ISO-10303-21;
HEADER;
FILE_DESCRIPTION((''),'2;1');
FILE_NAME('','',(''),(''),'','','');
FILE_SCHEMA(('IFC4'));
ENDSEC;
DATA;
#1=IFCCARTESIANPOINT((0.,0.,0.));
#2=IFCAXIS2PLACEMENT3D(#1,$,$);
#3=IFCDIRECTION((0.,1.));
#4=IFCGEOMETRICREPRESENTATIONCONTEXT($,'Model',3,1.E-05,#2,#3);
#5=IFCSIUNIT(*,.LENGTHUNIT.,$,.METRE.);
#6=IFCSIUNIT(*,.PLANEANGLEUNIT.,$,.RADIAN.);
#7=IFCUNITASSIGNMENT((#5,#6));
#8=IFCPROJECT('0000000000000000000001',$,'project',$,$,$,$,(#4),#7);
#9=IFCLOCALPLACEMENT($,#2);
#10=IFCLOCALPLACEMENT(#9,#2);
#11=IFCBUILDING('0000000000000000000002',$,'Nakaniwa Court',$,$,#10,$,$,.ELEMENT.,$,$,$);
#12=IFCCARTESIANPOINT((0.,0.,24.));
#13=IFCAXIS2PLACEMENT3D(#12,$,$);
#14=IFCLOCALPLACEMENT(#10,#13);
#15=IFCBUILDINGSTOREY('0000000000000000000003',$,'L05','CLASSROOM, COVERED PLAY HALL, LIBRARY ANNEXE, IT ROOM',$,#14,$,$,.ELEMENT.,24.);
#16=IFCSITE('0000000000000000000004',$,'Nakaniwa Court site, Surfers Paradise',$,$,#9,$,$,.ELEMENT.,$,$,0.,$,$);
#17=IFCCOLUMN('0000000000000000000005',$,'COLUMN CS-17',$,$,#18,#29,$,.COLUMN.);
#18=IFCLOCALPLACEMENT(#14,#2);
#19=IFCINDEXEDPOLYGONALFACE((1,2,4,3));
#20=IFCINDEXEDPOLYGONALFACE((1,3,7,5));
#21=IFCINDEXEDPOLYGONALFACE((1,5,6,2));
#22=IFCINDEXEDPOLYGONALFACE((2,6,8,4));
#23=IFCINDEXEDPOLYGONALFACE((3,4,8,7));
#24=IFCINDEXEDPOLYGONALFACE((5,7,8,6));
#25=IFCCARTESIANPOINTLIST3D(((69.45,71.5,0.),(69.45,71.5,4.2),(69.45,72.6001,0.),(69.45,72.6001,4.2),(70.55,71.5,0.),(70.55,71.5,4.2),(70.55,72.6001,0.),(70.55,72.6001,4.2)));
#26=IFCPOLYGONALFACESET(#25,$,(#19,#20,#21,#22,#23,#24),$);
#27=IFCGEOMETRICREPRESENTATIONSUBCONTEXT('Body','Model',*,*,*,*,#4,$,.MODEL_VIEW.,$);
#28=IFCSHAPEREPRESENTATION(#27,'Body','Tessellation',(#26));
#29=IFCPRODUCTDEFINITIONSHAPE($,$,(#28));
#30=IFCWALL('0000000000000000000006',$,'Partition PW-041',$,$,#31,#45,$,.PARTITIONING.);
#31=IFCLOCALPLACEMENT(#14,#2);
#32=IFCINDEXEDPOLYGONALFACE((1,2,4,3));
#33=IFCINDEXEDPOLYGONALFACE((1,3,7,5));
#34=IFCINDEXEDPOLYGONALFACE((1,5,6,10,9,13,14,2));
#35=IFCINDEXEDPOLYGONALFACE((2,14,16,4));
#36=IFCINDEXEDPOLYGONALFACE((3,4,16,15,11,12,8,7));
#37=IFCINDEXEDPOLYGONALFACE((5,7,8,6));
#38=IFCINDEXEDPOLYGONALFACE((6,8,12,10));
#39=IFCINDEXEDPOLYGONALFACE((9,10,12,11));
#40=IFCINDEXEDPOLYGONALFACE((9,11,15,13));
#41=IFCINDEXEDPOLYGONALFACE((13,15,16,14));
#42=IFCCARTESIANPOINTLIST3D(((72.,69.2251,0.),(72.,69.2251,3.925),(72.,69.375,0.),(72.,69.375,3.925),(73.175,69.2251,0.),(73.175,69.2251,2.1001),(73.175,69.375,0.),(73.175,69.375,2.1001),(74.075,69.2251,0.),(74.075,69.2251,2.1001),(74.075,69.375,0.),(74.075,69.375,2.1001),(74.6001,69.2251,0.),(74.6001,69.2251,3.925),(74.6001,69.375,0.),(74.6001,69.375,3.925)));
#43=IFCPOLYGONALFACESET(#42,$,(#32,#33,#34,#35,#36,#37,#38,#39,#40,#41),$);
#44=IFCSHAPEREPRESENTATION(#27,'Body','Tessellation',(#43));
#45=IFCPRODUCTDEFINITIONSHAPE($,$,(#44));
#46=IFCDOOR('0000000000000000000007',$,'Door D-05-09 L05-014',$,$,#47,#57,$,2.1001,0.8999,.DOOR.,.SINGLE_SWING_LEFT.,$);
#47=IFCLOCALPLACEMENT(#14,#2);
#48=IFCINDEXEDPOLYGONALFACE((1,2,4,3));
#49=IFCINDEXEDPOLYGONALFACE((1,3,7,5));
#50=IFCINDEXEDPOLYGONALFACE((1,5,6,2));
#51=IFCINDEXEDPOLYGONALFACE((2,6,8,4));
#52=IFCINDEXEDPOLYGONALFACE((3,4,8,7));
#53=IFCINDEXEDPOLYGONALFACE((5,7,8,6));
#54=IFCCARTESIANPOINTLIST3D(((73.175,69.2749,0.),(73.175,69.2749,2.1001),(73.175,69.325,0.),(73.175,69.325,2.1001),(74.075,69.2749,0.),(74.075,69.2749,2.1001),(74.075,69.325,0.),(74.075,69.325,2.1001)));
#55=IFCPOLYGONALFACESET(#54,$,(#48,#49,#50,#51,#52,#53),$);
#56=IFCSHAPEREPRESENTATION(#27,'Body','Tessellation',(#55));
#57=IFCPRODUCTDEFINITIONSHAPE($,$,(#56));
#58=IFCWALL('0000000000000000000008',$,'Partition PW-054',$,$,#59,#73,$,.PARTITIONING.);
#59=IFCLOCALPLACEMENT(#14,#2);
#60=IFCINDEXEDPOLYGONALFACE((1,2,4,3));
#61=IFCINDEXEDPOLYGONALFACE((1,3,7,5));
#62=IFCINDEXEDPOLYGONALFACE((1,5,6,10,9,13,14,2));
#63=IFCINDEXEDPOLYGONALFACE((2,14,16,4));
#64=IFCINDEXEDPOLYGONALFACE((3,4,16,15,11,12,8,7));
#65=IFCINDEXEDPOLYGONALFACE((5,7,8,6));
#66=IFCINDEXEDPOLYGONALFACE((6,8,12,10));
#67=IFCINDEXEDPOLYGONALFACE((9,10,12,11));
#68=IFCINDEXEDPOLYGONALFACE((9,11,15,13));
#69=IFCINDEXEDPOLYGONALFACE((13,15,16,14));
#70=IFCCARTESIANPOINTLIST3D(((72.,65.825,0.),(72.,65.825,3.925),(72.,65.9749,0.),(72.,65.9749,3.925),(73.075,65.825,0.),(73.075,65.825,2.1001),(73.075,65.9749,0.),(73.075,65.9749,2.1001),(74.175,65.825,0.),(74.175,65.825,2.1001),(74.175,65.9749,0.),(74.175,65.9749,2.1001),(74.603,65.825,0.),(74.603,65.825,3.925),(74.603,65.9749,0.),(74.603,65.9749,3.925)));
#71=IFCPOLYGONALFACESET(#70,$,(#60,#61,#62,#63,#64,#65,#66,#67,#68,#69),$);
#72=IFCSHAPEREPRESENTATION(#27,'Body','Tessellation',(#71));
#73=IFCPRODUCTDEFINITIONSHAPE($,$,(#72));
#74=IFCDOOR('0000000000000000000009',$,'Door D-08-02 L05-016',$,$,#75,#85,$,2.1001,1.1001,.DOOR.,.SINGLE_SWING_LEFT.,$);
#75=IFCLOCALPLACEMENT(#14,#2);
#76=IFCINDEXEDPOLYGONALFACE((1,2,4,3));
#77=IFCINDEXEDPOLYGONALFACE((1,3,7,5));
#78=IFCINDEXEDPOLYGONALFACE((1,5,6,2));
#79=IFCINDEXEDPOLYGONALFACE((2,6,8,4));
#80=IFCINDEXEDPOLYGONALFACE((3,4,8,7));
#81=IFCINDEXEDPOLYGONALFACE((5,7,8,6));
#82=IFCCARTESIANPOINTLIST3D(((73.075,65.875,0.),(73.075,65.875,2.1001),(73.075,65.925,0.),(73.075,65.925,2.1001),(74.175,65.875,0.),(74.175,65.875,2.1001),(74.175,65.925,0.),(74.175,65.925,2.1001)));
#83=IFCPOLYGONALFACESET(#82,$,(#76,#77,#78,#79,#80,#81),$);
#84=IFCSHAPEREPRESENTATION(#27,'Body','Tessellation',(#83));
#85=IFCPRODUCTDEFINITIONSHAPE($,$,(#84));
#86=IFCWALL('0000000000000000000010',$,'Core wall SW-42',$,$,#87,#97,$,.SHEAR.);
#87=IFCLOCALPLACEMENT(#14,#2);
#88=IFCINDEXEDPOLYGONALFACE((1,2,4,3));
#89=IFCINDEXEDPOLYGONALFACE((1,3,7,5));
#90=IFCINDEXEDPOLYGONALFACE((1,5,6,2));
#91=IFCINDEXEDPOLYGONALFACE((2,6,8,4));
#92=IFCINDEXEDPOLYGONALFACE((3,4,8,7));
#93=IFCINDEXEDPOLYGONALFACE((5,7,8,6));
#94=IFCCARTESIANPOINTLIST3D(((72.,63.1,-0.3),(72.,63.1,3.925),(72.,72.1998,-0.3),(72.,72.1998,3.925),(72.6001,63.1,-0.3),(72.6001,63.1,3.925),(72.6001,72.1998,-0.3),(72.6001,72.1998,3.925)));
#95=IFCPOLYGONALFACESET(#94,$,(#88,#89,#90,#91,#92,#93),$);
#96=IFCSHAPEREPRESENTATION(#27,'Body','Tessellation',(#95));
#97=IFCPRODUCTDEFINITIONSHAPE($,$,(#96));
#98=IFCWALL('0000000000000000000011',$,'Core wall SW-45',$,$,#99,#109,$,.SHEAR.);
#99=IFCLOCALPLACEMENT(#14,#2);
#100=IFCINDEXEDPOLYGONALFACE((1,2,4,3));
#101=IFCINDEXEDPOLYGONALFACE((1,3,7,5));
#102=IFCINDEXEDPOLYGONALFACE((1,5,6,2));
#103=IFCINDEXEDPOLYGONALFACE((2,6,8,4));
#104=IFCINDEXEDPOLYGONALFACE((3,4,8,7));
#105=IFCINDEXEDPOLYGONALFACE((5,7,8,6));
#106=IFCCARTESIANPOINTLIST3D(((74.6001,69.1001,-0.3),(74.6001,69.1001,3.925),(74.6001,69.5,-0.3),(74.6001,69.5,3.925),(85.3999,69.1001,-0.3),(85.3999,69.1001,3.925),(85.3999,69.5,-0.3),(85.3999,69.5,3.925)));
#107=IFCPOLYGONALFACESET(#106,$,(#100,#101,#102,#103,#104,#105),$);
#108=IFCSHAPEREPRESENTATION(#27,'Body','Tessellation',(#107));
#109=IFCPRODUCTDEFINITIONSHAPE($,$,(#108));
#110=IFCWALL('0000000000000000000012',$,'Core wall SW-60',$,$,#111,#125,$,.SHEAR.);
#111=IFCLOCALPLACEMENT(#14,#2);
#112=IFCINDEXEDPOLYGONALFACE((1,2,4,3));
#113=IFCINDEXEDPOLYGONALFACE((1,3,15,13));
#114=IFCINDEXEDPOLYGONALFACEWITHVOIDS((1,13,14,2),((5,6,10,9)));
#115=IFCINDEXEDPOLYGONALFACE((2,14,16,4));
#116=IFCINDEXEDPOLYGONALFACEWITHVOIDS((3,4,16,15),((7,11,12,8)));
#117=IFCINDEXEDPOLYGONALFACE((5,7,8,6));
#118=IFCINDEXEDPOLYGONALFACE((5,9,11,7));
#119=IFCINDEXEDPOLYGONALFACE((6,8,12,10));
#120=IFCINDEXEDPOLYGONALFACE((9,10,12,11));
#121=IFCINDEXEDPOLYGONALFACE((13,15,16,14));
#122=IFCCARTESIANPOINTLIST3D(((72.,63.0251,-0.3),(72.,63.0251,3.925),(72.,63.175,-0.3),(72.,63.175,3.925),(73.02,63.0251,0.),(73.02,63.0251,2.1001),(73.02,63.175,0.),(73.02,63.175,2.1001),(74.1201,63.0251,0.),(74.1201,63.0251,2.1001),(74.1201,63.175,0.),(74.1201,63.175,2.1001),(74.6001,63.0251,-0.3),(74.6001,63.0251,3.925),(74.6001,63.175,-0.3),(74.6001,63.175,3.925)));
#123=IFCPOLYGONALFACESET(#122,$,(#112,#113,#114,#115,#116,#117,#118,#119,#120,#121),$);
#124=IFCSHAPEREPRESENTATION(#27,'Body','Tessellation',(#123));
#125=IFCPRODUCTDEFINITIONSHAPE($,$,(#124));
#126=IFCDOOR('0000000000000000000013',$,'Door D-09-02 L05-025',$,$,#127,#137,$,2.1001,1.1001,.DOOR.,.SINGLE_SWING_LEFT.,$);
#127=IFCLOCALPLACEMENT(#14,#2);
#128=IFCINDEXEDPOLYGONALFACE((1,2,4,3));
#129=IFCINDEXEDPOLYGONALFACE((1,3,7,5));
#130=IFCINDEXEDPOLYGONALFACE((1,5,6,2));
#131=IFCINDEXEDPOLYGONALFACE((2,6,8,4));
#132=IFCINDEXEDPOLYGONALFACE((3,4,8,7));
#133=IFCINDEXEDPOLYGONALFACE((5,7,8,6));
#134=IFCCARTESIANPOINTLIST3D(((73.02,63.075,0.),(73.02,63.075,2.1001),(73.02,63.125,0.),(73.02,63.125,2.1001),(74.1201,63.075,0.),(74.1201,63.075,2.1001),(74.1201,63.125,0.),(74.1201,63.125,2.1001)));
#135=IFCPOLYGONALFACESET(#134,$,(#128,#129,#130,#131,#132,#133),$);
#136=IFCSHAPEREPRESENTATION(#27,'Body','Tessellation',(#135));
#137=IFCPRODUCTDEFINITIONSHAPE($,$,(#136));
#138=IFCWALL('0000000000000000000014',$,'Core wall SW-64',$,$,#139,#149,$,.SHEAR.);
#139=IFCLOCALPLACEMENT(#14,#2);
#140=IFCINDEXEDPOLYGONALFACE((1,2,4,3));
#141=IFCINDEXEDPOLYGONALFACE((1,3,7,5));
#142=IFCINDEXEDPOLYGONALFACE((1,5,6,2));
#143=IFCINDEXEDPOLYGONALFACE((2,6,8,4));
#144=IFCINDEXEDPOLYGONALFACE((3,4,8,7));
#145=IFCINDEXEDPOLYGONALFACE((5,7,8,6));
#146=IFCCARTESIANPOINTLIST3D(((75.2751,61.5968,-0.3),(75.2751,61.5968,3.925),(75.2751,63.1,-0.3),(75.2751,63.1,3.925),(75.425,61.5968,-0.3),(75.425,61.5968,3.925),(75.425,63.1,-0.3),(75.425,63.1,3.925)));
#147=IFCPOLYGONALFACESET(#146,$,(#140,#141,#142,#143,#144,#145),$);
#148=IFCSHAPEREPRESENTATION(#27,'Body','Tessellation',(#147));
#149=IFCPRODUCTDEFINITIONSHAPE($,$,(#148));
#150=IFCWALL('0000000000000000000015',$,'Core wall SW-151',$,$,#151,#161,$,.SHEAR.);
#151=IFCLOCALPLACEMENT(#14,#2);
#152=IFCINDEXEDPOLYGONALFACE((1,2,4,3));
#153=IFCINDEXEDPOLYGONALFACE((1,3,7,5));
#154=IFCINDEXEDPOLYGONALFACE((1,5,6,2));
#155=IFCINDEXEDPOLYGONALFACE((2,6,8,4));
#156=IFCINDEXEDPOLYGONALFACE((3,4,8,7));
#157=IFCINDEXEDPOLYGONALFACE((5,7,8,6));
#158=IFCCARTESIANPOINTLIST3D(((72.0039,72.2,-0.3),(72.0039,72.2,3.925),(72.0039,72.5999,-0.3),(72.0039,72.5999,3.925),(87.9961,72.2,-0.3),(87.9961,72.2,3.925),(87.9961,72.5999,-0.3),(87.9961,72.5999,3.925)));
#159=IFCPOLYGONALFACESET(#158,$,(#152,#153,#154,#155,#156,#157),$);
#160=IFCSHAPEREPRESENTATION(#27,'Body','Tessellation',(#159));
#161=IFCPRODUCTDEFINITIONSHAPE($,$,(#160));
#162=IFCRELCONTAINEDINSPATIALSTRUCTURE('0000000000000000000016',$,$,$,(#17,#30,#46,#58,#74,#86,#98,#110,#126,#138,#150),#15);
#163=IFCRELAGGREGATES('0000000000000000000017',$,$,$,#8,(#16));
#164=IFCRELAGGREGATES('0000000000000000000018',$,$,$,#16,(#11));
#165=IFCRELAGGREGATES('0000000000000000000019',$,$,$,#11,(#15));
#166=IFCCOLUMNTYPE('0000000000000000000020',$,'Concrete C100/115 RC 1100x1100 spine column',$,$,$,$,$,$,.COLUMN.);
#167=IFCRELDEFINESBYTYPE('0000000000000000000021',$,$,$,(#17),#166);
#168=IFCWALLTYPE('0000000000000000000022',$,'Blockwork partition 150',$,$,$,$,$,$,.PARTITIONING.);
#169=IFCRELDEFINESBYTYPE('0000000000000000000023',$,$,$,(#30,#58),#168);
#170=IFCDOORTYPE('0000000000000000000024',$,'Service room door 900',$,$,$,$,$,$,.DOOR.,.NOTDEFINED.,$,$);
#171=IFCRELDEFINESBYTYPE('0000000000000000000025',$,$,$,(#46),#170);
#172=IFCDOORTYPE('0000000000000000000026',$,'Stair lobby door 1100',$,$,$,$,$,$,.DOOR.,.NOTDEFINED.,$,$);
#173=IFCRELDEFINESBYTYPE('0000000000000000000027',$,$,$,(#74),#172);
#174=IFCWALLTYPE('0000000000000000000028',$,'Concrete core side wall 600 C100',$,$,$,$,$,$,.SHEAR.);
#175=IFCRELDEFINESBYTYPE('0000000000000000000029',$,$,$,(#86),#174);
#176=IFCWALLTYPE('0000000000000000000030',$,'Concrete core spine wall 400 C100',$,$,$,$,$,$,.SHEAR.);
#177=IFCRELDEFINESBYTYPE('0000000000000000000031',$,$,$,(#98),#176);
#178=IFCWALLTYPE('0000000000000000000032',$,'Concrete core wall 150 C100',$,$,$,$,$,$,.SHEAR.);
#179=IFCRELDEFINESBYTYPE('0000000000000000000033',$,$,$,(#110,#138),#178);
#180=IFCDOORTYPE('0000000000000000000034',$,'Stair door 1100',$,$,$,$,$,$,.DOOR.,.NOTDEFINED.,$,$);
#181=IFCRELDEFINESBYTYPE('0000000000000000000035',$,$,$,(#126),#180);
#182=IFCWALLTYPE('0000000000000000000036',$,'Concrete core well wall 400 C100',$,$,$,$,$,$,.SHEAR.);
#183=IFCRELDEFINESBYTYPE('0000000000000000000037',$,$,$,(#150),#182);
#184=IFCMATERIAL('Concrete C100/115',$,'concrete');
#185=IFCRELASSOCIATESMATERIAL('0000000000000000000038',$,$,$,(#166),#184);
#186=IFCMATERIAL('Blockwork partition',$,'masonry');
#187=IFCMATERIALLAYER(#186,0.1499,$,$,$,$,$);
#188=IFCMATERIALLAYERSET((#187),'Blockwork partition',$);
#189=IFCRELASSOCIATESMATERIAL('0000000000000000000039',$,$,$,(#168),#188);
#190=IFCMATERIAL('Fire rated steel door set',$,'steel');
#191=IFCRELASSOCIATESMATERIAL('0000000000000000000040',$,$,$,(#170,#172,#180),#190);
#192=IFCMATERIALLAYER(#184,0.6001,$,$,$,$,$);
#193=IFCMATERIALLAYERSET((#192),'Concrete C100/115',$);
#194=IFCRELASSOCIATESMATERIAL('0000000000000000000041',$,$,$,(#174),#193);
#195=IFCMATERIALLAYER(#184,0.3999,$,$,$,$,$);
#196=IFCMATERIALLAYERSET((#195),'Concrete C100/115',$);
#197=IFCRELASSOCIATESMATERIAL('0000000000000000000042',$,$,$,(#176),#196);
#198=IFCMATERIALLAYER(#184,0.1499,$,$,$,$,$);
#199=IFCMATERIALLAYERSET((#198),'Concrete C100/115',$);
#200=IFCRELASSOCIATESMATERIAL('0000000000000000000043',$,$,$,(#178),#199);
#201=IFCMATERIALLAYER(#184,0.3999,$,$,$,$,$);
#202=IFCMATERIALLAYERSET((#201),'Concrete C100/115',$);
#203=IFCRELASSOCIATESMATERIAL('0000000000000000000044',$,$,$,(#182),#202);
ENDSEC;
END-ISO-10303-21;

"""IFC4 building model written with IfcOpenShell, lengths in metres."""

from ifc_helpers import new_model, si_unit, direction, frame, frame_2d, origin, origin_2d, place, context, subcontext, project, spatial, rectangle, extrude, material, layer, layer_set, material_profile, profile_set, type_object, element, fill, save


model = new_model("IFC4")

# Units and contexts
model_context = context("Model", 3, precision=1e-05, world=origin(), true_north=direction((0.0, 1.0)))
body_context = subcontext(model_context, "Body", "Model", "MODEL_VIEW")
ifc_project = project(units=[si_unit("LENGTHUNIT", "METRE"), si_unit("PLANEANGLEUNIT", "RADIAN")], contexts=[model_context])

# Site, building, storey
site_placement = place(None, origin())
site = spatial("IfcSite", under=ifc_project, at=site_placement, Name="Nakaniwa Court site, Surfers Paradise", CompositionType="ELEMENT", RefElevation=0.0)
building_placement = place(site_placement, origin())
building = spatial("IfcBuilding", under=site, at=building_placement, Name="Nakaniwa Court", CompositionType="ELEMENT")
storey_placement = place(building_placement, frame((0.0, 0.0, 24.0)))
storey = spatial("IfcBuildingStorey", under=building, at=storey_placement, Name="L05", Description="CLASSROOM, COVERED PLAY HALL, LIBRARY ANNEXE, IT ROOM", CompositionType="ELEMENT", Elevation=24.0)

# Column
ifc_material_1 = material(Name="Concrete C100/115", Category="concrete")
ifc_material_profile = material_profile(ifc_material_1, rectangle(XDim=1.1001, YDim=1.1001, at=origin_2d()), Name="Concrete C100/115 RC 1100x1100 spine column")
ifc_profile_set = profile_set([ifc_material_profile], Name="Concrete C100/115")
column_type = type_object("IfcColumnType", Name="Concrete C100/115 RC 1100x1100 spine column", PredefinedType="COLUMN", material=ifc_profile_set)
column_placement = place(storey_placement, frame((70.0, 72.05, 0.0), z_axis=(0.0, 0.0, 1.0), x_axis=(0.0, -1.0, 0.0)))
element("IfcColumn", 1, at=column_placement, inside=storey, type_object=column_type, Name="COLUMN CS-17", PredefinedType="COLUMN", context=body_context, shape_type="SweptSolid", body=[
    extrude(rectangle(XDim=1.1001, YDim=1.1001, at=origin_2d()), origin(), (0.0, 0.0, 1.0), 4.2),
])

# Walls, openings, doors
ifc_material_2 = material(Name="Blockwork partition", Category="masonry")
ifc_layer_1 = layer(ifc_material_2, 0.1499)
ifc_layer_set_1 = layer_set([ifc_layer_1], Name="Blockwork partition")
wall_type_1 = type_object("IfcWallType", Name="Blockwork partition 150", PredefinedType="PARTITIONING", material=ifc_layer_set_1)
wall_1_placement = place(storey_placement, frame((72.0, 69.3, 0.0), z_axis=(0.0, 0.0, 1.0), x_axis=(1.0, 0.0, 0.0)))
wall_1 = element("IfcWall", 2, at=wall_1_placement, inside=storey, type_object=wall_type_1, Name="Partition PW-041", PredefinedType="PARTITIONING", context=body_context, shape_type="SweptSolid", body=[
    extrude(rectangle(XDim=2.6001, YDim=0.1499, at=frame_2d((1.3, 0.0))), origin(), (0.0, 0.0, 1.0), 3.925),
])
opening_1_placement = place(wall_1_placement, frame((1.175, 0.0, 0.0)))
opening_1 = element("IfcOpeningElement", 3, at=opening_1_placement, cuts=wall_1, PredefinedType="OPENING", context=body_context, shape_type="SweptSolid", body=[
    extrude(rectangle(XDim=0.8999, YDim=2.1001, at=frame_2d((0.45, 1.05))), frame((0.0, 0.085, 0.0), z_axis=(0.0, -1.0, 0.0), x_axis=(1.0, 0.0, 0.0)), (0.0, 0.0, 1.0), 0.1699),
])
ifc_material_3 = material(Name="Fire rated steel door set", Category="steel")
door_type_1 = type_object("IfcDoorType", Name="Service room door 900", OperationType="NOTDEFINED", PredefinedType="DOOR", material=ifc_material_3)
door_1_placement = place(opening_1_placement, origin())
door_1 = element("IfcDoor", 4, at=door_1_placement, inside=storey, type_object=door_type_1, Name="Door D-05-09 L05-014", OperationType="SINGLE_SWING_LEFT", OverallHeight=2.1001, OverallWidth=0.8999, PredefinedType="DOOR", context=body_context, shape_type="SweptSolid", body=[
    extrude(rectangle(XDim=0.8999, YDim=2.1001, at=frame_2d((0.45, 1.05))), frame((0.0, 0.0249, 0.0), z_axis=(0.0, -1.0, 0.0), x_axis=(1.0, 0.0, 0.0)), (0.0, 0.0, 1.0), 0.05),
])
fill(opening_1, door_1)
wall_2_placement = place(storey_placement, frame((74.603, 65.8999, 0.0), z_axis=(0.0, 0.0, 1.0), x_axis=(-1.0, 0.0, 0.0)))
wall_2 = element("IfcWall", 5, at=wall_2_placement, inside=storey, type_object=wall_type_1, Name="Partition PW-054", PredefinedType="PARTITIONING", context=body_context, shape_type="SweptSolid", body=[
    extrude(rectangle(XDim=2.603, YDim=0.1499, at=frame_2d((1.3015, 0.0))), origin(), (0.0, 0.0, 1.0), 3.925),
])
opening_2_placement = place(wall_2_placement, frame((0.428, 0.0, 0.0)))
opening_2 = element("IfcOpeningElement", 6, at=opening_2_placement, cuts=wall_2, PredefinedType="OPENING", context=body_context, shape_type="SweptSolid", body=[
    extrude(rectangle(XDim=1.1001, YDim=2.1001, at=frame_2d((0.55, 1.05))), frame((0.0, 0.085, 0.0), z_axis=(0.0, -1.0, 0.0), x_axis=(1.0, 0.0, 0.0)), (0.0, 0.0, 1.0), 0.1699),
])
door_type_2 = type_object("IfcDoorType", Name="Stair lobby door 1100", OperationType="NOTDEFINED", PredefinedType="DOOR", material=ifc_material_3)
door_2_placement = place(opening_2_placement, origin())
door_2 = element("IfcDoor", 7, at=door_2_placement, inside=storey, type_object=door_type_2, Name="Door D-08-02 L05-016", OperationType="SINGLE_SWING_LEFT", OverallHeight=2.1001, OverallWidth=1.1001, PredefinedType="DOOR", context=body_context, shape_type="SweptSolid", body=[
    extrude(rectangle(XDim=1.1001, YDim=2.1001, at=frame_2d((0.55, 1.05))), frame((0.0, 0.0249, 0.0), z_axis=(0.0, -1.0, 0.0), x_axis=(1.0, 0.0, 0.0)), (0.0, 0.0, 1.0), 0.05),
])
fill(opening_2, door_2)

# Walls
ifc_layer_2 = layer(ifc_material_1, 0.6001)
ifc_layer_set_2 = layer_set([ifc_layer_2], Name="Concrete C100/115")
wall_type_2 = type_object("IfcWallType", Name="Concrete core side wall 600 C100", PredefinedType="SHEAR", material=ifc_layer_set_2)
wall_3_placement = place(storey_placement, frame((72.3, 63.1001, -0.3), z_axis=(0.0, 0.0, 1.0), x_axis=(0.0, 1.0, 0.0)))
element("IfcWall", 8, at=wall_3_placement, inside=storey, type_object=wall_type_2, Name="Core wall SW-42", PredefinedType="SHEAR", context=body_context, shape_type="SweptSolid", body=[
    extrude(rectangle(XDim=9.0999, YDim=0.6001, at=frame_2d((4.5498, 0.0))), origin(), (0.0, 0.0, 1.0), 4.2251),
])
ifc_layer_3 = layer(ifc_material_1, 0.3999)
ifc_layer_set_3 = layer_set([ifc_layer_3], Name="Concrete C100/115")
wall_type_3 = type_object("IfcWallType", Name="Concrete core spine wall 400 C100", PredefinedType="SHEAR", material=ifc_layer_set_3)
wall_4_placement = place(storey_placement, frame((74.6001, 69.3, -0.3), z_axis=(0.0, 0.0, 1.0), x_axis=(1.0, 0.0, 0.0)))
element("IfcWall", 9, at=wall_4_placement, inside=storey, type_object=wall_type_3, Name="Core wall SW-45", PredefinedType="SHEAR", context=body_context, shape_type="SweptSolid", body=[
    extrude(rectangle(XDim=10.7998, YDim=0.3999, at=frame_2d((5.3999, 0.0))), origin(), (0.0, 0.0, 1.0), 4.2251),
])

# Wall, opening, door
ifc_layer_4 = layer(ifc_material_1, 0.1499)
ifc_layer_set_4 = layer_set([ifc_layer_4], Name="Concrete C100/115")
wall_type_4 = type_object("IfcWallType", Name="Concrete core wall 150 C100", PredefinedType="SHEAR", material=ifc_layer_set_4)
wall_5_placement = place(storey_placement, frame((72.0, 63.1001, -0.3), z_axis=(0.0, 0.0, 1.0), x_axis=(1.0, 0.0, 0.0)))
wall_5 = element("IfcWall", 10, at=wall_5_placement, inside=storey, type_object=wall_type_4, Name="Core wall SW-60", PredefinedType="SHEAR", context=body_context, shape_type="SweptSolid", body=[
    extrude(rectangle(XDim=2.6001, YDim=0.1499, at=frame_2d((1.3, 0.0))), origin(), (0.0, 0.0, 1.0), 4.2251),
])
opening_3_placement = place(wall_5_placement, frame((1.02, 0.0, 0.3)))
opening_3 = element("IfcOpeningElement", 11, at=opening_3_placement, cuts=wall_5, PredefinedType="OPENING", context=body_context, shape_type="SweptSolid", body=[
    extrude(rectangle(XDim=1.1001, YDim=2.1001, at=frame_2d((0.55, 1.05))), frame((0.0, 0.085, 0.0), z_axis=(0.0, -1.0, 0.0), x_axis=(1.0, 0.0, 0.0)), (0.0, 0.0, 1.0), 0.1699),
])
door_type_3 = type_object("IfcDoorType", Name="Stair door 1100", OperationType="NOTDEFINED", PredefinedType="DOOR", material=ifc_material_3)
door_3_placement = place(opening_3_placement, origin())
door_3 = element("IfcDoor", 12, at=door_3_placement, inside=storey, type_object=door_type_3, Name="Door D-09-02 L05-025", OperationType="SINGLE_SWING_LEFT", OverallHeight=2.1001, OverallWidth=1.1001, PredefinedType="DOOR", context=body_context, shape_type="SweptSolid", body=[
    extrude(rectangle(XDim=1.1001, YDim=2.1001, at=frame_2d((0.55, 1.05))), frame((0.0, 0.0249, 0.0), z_axis=(0.0, -1.0, 0.0), x_axis=(1.0, 0.0, 0.0)), (0.0, 0.0, 1.0), 0.05),
])
fill(opening_3, door_3)

# Walls
wall_6_placement = place(storey_placement, frame((75.3501, 61.5969, -0.3), z_axis=(0.0, 0.0, 1.0), x_axis=(0.0, 1.0, 0.0)))
element("IfcWall", 13, at=wall_6_placement, inside=storey, type_object=wall_type_4, Name="Core wall SW-64", PredefinedType="SHEAR", context=body_context, shape_type="SweptSolid", body=[
    extrude(rectangle(XDim=1.5032, YDim=0.1499, at=frame_2d((0.7515, 0.0))), origin(), (0.0, 0.0, 1.0), 4.2251),
])
ifc_layer_5 = layer(ifc_material_1, 0.3999)
ifc_layer_set_5 = layer_set([ifc_layer_5], Name="Concrete C100/115")
wall_type_5 = type_object("IfcWallType", Name="Concrete core well wall 400 C100", PredefinedType="SHEAR", material=ifc_layer_set_5)
wall_7_placement = place(storey_placement, frame((72.0039, 72.3999, -0.3), z_axis=(0.0, 0.0, 1.0), x_axis=(1.0, 0.0, 0.0)))
element("IfcWall", 14, at=wall_7_placement, inside=storey, type_object=wall_type_5, Name="Core wall SW-151", PredefinedType="SHEAR", context=body_context, shape_type="SweptSolid", body=[
    extrude(rectangle(XDim=15.9922, YDim=0.3999, at=frame_2d((7.9961, 0.0))), origin(), (0.0, 0.0, 1.0), 4.2251),
])

save(model, "model.ifc")
